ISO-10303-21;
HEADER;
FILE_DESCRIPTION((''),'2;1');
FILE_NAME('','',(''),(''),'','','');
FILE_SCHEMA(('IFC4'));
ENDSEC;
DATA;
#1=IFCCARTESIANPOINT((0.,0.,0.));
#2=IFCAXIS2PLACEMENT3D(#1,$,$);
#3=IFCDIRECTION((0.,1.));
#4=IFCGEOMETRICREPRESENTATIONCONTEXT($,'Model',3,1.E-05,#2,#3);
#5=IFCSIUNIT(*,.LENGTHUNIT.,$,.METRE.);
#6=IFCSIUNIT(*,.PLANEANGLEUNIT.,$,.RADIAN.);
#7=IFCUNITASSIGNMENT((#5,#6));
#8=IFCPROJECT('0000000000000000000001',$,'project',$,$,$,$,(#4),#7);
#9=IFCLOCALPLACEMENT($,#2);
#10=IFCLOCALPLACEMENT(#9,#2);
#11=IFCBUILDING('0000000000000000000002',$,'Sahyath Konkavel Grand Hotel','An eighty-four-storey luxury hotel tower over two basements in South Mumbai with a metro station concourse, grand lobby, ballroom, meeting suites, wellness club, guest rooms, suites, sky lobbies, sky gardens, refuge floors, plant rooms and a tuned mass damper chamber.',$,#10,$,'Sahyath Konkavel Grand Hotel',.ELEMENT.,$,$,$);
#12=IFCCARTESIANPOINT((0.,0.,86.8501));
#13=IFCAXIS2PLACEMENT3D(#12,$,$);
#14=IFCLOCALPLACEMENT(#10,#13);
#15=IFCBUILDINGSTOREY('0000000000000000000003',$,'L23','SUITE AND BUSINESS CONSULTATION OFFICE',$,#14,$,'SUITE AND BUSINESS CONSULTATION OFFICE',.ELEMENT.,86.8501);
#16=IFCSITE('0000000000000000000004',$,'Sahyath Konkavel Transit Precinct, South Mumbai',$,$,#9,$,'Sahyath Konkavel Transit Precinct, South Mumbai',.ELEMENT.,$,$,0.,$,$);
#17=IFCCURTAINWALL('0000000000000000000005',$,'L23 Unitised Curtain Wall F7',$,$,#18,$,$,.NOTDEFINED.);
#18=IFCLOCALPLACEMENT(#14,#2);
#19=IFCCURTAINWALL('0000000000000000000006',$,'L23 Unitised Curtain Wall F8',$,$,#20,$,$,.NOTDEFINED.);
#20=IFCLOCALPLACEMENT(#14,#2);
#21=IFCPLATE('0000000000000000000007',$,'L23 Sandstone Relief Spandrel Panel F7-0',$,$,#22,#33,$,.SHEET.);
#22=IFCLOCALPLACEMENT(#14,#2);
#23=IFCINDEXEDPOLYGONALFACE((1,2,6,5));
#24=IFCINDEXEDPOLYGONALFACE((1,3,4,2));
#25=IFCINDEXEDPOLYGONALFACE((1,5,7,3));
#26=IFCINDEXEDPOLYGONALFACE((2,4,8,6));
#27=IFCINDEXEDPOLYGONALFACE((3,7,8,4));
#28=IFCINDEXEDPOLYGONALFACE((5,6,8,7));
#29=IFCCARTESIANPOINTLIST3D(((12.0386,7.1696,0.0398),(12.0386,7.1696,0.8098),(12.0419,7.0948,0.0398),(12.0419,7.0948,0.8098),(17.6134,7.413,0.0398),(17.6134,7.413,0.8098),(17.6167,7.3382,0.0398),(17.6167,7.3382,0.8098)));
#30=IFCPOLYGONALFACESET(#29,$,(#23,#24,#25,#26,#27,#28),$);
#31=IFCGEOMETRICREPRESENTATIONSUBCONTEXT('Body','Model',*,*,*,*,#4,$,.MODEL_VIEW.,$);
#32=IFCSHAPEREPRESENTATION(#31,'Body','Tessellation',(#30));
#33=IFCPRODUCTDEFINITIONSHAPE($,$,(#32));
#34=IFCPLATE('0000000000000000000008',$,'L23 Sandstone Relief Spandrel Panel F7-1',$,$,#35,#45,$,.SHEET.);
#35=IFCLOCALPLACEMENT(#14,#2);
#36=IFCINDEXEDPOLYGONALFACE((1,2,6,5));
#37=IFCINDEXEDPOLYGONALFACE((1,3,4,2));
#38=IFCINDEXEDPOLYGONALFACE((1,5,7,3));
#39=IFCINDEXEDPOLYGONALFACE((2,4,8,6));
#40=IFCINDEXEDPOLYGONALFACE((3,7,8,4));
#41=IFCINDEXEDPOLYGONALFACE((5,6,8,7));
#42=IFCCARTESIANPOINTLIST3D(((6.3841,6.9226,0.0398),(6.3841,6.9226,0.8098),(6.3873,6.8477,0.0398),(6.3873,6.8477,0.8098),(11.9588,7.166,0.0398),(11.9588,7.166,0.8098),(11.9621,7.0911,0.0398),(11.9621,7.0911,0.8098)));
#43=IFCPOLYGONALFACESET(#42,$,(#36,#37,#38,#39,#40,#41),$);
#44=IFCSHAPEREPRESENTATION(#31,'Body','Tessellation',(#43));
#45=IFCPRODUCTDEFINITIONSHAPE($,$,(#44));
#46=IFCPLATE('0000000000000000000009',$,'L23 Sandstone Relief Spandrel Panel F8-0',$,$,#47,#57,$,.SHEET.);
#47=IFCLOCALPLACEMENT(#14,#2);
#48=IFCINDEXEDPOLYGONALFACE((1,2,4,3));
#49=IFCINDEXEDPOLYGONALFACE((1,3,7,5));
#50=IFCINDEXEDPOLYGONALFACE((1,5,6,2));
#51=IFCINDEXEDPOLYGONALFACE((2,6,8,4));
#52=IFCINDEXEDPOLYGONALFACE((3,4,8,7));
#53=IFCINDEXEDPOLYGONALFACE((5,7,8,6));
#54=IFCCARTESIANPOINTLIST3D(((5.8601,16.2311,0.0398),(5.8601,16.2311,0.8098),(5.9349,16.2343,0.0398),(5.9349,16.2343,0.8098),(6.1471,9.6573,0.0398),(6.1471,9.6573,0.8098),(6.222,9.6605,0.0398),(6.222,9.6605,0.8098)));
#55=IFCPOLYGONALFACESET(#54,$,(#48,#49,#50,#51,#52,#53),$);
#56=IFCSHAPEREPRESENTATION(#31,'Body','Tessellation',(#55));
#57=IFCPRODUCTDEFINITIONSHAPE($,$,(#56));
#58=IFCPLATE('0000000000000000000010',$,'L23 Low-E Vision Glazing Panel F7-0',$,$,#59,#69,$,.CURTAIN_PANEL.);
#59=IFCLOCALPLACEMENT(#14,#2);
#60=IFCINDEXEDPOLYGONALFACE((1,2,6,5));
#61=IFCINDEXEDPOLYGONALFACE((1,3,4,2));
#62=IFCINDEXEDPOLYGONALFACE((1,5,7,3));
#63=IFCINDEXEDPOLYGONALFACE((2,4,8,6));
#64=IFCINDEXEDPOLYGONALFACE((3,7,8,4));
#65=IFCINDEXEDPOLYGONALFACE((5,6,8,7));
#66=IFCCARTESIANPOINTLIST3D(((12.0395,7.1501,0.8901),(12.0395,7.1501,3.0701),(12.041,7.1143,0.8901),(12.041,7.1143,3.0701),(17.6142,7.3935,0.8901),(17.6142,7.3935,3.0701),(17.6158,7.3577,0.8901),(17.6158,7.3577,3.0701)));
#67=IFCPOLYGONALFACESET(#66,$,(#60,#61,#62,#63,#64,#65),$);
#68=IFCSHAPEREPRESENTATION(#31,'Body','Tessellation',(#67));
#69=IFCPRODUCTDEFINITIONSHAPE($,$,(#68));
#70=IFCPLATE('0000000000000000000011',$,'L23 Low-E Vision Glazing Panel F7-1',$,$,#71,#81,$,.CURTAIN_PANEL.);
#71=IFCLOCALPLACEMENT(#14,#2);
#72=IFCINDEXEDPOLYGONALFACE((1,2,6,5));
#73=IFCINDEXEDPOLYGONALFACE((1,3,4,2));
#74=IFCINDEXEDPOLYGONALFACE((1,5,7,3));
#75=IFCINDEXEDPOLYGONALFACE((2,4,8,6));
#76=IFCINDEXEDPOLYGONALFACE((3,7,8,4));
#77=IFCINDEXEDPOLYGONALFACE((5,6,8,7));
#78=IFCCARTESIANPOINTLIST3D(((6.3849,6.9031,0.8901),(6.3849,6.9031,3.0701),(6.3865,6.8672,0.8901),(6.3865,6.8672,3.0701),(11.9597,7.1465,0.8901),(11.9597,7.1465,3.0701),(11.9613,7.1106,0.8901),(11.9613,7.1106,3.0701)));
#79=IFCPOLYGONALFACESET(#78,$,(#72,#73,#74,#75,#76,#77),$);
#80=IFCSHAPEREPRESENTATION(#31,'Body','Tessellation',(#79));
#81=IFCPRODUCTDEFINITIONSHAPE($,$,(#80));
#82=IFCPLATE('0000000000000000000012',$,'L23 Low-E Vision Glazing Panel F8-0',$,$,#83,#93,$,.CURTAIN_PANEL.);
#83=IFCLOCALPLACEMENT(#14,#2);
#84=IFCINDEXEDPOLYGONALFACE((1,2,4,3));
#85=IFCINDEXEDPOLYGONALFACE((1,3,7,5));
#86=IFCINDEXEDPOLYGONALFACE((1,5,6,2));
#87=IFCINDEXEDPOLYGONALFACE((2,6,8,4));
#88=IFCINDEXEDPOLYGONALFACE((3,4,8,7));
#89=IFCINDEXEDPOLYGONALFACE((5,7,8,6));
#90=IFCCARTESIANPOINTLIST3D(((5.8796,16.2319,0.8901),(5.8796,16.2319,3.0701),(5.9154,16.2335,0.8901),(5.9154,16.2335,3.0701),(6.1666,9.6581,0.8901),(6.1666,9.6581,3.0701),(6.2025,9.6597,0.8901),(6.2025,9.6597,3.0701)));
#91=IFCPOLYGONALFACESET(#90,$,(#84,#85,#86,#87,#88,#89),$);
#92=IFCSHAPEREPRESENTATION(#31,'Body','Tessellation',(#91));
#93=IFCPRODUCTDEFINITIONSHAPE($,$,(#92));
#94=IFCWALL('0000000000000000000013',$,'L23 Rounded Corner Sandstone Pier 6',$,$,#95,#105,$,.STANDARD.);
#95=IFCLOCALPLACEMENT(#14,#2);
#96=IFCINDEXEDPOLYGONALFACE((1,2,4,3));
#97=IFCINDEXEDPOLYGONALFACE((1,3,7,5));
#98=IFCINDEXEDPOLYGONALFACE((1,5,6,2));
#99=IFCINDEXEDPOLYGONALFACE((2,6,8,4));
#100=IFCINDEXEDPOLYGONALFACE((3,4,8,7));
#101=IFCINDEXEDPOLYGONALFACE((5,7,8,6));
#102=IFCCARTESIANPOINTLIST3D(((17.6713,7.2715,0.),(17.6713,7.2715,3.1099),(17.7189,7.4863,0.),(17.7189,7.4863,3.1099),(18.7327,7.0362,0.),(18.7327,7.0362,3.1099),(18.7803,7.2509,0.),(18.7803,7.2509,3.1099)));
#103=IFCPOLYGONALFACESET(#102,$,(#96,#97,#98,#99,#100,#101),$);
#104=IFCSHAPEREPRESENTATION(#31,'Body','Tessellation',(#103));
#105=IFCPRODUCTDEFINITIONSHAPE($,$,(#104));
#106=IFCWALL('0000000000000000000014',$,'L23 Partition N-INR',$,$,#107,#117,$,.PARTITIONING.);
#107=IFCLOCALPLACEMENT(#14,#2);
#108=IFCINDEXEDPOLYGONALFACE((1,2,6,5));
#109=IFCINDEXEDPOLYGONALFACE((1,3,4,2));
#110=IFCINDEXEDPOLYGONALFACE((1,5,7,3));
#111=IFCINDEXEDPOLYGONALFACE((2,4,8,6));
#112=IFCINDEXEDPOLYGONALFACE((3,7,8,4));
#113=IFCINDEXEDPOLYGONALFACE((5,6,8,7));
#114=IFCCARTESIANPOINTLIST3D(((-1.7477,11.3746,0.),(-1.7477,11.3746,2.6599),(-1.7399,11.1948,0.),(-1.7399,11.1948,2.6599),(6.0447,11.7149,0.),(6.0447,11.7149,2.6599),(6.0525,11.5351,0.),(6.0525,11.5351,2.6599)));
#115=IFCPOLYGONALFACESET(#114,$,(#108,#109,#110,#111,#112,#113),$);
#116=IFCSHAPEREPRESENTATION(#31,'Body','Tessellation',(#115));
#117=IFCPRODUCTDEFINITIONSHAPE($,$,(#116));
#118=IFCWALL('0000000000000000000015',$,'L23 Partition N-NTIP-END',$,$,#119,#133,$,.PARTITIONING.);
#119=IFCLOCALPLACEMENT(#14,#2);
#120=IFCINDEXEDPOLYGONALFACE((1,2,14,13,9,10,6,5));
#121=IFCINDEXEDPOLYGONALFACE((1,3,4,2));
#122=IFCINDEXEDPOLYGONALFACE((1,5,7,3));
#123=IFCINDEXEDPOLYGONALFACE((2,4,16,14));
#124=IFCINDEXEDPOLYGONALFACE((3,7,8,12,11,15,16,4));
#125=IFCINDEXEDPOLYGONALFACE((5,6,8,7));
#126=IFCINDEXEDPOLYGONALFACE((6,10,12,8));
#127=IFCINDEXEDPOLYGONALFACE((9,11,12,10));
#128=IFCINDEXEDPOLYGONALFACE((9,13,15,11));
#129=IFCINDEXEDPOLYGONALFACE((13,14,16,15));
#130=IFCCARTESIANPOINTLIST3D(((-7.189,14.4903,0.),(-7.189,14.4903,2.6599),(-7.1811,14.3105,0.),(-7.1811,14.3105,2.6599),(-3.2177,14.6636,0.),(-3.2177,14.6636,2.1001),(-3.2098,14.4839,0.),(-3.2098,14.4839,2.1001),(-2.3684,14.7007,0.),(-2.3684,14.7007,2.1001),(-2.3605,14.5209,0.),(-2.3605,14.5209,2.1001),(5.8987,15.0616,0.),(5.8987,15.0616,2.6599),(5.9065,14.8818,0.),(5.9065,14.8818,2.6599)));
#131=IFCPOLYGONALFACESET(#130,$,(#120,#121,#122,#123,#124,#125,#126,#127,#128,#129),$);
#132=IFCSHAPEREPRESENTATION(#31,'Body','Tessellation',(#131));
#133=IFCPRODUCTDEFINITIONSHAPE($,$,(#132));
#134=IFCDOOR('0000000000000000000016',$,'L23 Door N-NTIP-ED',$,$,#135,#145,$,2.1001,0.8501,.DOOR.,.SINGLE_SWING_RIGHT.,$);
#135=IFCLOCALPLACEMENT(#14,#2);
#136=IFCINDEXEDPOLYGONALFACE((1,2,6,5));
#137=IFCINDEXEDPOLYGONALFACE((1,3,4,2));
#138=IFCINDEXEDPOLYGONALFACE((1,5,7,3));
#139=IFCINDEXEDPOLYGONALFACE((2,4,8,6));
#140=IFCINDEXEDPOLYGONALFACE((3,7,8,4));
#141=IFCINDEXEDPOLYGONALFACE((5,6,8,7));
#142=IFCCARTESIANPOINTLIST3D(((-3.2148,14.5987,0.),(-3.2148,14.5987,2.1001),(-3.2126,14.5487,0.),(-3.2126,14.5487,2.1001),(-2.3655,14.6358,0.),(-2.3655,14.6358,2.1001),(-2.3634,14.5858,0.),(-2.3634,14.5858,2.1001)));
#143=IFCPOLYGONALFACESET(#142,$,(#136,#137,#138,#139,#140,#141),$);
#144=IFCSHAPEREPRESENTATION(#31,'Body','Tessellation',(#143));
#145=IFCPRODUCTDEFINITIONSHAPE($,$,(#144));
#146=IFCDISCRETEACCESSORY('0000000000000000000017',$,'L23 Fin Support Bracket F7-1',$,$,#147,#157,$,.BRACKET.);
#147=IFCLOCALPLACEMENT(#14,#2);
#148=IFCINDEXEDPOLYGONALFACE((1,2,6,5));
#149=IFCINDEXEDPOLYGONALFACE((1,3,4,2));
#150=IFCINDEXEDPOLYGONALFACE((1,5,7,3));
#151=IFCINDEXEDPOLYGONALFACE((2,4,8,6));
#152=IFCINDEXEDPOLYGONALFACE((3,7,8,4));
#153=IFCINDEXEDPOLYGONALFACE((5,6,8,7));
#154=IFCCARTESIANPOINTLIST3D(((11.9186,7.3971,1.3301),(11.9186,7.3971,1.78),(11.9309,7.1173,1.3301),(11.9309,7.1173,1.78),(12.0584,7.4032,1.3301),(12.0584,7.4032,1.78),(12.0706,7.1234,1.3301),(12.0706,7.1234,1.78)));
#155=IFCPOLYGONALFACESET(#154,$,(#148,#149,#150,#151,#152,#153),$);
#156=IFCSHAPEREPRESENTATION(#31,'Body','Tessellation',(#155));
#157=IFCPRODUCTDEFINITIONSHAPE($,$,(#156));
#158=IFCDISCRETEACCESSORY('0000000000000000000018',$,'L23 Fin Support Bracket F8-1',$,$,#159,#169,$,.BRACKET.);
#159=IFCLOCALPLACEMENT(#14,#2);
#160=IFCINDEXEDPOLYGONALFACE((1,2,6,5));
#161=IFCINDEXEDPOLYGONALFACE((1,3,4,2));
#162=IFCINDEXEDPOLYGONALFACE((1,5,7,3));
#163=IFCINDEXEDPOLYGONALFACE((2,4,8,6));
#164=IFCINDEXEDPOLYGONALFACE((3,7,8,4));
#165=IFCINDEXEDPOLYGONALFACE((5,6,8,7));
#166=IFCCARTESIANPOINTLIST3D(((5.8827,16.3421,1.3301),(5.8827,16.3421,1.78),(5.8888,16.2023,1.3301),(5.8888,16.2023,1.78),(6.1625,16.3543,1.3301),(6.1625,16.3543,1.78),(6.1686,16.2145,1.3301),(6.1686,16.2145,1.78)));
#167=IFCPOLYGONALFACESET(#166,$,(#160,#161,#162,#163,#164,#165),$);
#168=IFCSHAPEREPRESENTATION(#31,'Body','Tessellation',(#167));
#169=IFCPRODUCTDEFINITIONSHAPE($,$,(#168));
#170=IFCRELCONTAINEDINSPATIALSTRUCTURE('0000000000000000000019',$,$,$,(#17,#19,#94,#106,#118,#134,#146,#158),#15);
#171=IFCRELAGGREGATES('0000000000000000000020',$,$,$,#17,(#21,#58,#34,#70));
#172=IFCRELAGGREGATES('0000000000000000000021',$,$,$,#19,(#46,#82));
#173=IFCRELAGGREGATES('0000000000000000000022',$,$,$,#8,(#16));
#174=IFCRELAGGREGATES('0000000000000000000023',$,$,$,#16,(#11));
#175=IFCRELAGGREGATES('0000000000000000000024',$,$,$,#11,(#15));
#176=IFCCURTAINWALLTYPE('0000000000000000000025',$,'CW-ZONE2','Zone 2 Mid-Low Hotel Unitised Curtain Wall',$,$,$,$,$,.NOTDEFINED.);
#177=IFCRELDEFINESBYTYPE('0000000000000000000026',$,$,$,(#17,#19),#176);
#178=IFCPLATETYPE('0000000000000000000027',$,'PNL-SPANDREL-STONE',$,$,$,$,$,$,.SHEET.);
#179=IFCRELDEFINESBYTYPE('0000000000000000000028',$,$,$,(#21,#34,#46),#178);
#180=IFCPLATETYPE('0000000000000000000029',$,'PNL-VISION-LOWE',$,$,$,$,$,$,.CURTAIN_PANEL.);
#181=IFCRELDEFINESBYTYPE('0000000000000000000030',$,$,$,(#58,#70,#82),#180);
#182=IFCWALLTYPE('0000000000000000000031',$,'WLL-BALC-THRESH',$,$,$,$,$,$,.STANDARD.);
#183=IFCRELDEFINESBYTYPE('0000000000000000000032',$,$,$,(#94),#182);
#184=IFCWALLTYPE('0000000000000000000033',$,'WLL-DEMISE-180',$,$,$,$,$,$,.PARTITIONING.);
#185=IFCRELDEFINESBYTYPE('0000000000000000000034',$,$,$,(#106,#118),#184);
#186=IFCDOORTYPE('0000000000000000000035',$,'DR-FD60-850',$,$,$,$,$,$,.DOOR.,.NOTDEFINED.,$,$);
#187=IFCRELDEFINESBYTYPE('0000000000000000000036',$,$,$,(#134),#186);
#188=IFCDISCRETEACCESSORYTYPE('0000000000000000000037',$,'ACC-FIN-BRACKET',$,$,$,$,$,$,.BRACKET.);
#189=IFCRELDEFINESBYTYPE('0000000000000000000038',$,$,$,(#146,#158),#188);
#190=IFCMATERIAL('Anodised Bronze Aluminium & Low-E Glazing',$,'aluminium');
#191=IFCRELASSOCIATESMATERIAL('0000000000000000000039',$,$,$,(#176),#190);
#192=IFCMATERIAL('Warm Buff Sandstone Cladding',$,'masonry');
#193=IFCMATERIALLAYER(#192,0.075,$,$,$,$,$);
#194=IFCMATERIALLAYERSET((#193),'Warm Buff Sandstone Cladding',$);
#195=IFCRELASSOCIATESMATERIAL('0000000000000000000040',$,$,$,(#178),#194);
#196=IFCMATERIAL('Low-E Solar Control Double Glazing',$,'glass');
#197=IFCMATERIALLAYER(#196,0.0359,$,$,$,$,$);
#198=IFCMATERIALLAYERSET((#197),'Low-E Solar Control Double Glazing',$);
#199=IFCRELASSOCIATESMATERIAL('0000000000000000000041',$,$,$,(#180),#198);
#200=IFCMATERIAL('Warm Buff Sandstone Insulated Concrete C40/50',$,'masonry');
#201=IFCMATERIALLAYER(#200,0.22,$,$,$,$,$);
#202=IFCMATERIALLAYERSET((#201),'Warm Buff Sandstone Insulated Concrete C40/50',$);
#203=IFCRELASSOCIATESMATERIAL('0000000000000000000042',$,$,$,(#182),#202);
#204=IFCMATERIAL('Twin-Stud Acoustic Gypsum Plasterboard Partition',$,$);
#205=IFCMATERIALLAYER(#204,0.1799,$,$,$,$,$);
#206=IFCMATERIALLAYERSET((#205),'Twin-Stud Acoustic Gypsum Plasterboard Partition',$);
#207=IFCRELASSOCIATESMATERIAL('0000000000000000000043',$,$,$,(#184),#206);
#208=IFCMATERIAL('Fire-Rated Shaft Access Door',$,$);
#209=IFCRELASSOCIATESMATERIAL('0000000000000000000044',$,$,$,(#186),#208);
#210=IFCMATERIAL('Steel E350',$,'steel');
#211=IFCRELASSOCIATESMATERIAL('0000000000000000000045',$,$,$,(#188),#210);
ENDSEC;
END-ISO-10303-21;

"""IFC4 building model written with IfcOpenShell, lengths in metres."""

from ifc_helpers import new_model, si_unit, direction, frame, frame_2d, origin, origin_2d, place, context, subcontext, project, spatial, rectangle, extrude, source, transform, mapped, material, layer, layer_set, type_object, element, fill, aggregate, save


model = new_model("IFC4")

# Units and contexts
model_context = context("Model", 3, precision=1e-05, world=origin(), true_north=direction((0.0, 1.0)))
body_context = subcontext(model_context, "Body", "Model", "MODEL_VIEW")
ifc_project = project(units=[si_unit("LENGTHUNIT", "METRE"), si_unit("PLANEANGLEUNIT", "RADIAN")], contexts=[model_context])

# Site, building, storey
site_placement = place(None, origin())
site = spatial("IfcSite", under=ifc_project, at=site_placement, Name="Sahyath Konkavel Transit Precinct, South Mumbai", LongName="Sahyath Konkavel Transit Precinct, South Mumbai", CompositionType="ELEMENT", RefElevation=0.0)
building_placement = place(site_placement, origin())
building = spatial("IfcBuilding", under=site, at=building_placement, Name="Sahyath Konkavel Grand Hotel", Description="An eighty-four-storey luxury hotel tower over two basements in South Mumbai with a metro station concourse, grand lobby, ballroom, meeting suites, wellness club, guest rooms, suites, sky lobbies, sky gardens, refuge floors, plant rooms and a tuned mass damper chamber.", LongName="Sahyath Konkavel Grand Hotel", CompositionType="ELEMENT")
storey_placement = place(building_placement, frame((0.0, 0.0, 86.8501)))
storey = spatial("IfcBuildingStorey", under=building, at=storey_placement, Name="L23", Description="SUITE AND BUSINESS CONSULTATION OFFICE", LongName="SUITE AND BUSINESS CONSULTATION OFFICE", CompositionType="ELEMENT", Elevation=86.8501)

# Curtain walls
ifc_material_1 = material(Name="Anodised Bronze Aluminium & Low-E Glazing", Category="aluminium")
curtain_wall_type = type_object("IfcCurtainWallType", Name="CW-ZONE2", Description="Zone 2 Mid-Low Hotel Unitised Curtain Wall", PredefinedType="NOTDEFINED", material=ifc_material_1)
curtain_wall_1_placement = place(storey_placement, origin())
curtain_wall_1 = element("IfcCurtainWall", 1, at=curtain_wall_1_placement, inside=storey, type_object=curtain_wall_type, Name="L23 Unitised Curtain Wall F7", PredefinedType="NOTDEFINED")
curtain_wall_2_placement = place(storey_placement, origin())
curtain_wall_2 = element("IfcCurtainWall", 2, at=curtain_wall_2_placement, inside=storey, type_object=curtain_wall_type, Name="L23 Unitised Curtain Wall F8", PredefinedType="NOTDEFINED")

# Plates
ifc_material_2 = material(Name="Warm Buff Sandstone Cladding", Category="masonry")
ifc_layer_1 = layer(ifc_material_2, 0.075)
ifc_layer_set_1 = layer_set([ifc_layer_1], Name="Warm Buff Sandstone Cladding")
plate_type_1 = type_object("IfcPlateType", Name="PNL-SPANDREL-STONE", PredefinedType="SHEET", material=ifc_layer_set_1)
shared_shape_1 = source(origin(), body_context, "Body", "SweptSolid", [
    extrude(rectangle(XDim=5.5801, YDim=0.075, at=origin_2d()), origin(), (0.0, 0.0, 1.0), 0.77),
])
plate_1_placement = place(storey_placement, frame((14.8276, 7.2539, 0.0398), z_axis=(0.0, 0.0, 1.0), x_axis=(-0.999048, -0.043619, 0.0)))
plate_1 = element("IfcPlate", 3, at=plate_1_placement, type_object=plate_type_1, Name="L23 Sandstone Relief Spandrel Panel F7-0", PredefinedType="SHEET", context=body_context, shape_type="MappedRepresentation", body=[
    mapped(shared_shape_1, transform((0.0, 0.0, 0.0), scale=1.0)),
])
plate_2_placement = place(storey_placement, frame((9.1731, 7.0068, 0.0398), z_axis=(0.0, 0.0, 1.0), x_axis=(-0.999048, -0.043619, 0.0)))
plate_2 = element("IfcPlate", 4, at=plate_2_placement, type_object=plate_type_1, Name="L23 Sandstone Relief Spandrel Panel F7-1", PredefinedType="SHEET", context=body_context, shape_type="MappedRepresentation", body=[
    mapped(shared_shape_1, transform((0.0, 0.0, 0.0), scale=1.0)),
])
shared_shape_2 = source(origin(), body_context, "Body", "SweptSolid", [
    extrude(rectangle(XDim=6.5801, YDim=0.075, at=origin_2d()), origin(), (0.0, 0.0, 1.0), 0.77),
])
plate_3_placement = place(storey_placement, frame((6.041, 12.9458, 0.0398), z_axis=(0.0, 0.0, 1.0), x_axis=(-0.043619, 0.999048, 0.0)))
plate_3 = element("IfcPlate", 5, at=plate_3_placement, type_object=plate_type_1, Name="L23 Sandstone Relief Spandrel Panel F8-0", PredefinedType="SHEET", context=body_context, shape_type="MappedRepresentation", body=[
    mapped(shared_shape_2, transform((0.0, 0.0, 0.0), scale=1.0)),
])
ifc_material_3 = material(Name="Low-E Solar Control Double Glazing", Category="glass")
ifc_layer_2 = layer(ifc_material_3, 0.0359)
ifc_layer_set_2 = layer_set([ifc_layer_2], Name="Low-E Solar Control Double Glazing")
plate_type_2 = type_object("IfcPlateType", Name="PNL-VISION-LOWE", PredefinedType="CURTAIN_PANEL", material=ifc_layer_set_2)
shared_shape_3 = source(origin(), body_context, "Body", "SweptSolid", [
    extrude(rectangle(XDim=5.5801, YDim=0.0359, at=origin_2d()), origin(), (0.0, 0.0, 1.0), 2.1799),
])
plate_4_placement = place(storey_placement, frame((14.8276, 7.2539, 0.8901), z_axis=(0.0, 0.0, 1.0), x_axis=(-0.999048, -0.043619, 0.0)))
plate_4 = element("IfcPlate", 6, at=plate_4_placement, type_object=plate_type_2, Name="L23 Low-E Vision Glazing Panel F7-0", PredefinedType="CURTAIN_PANEL", context=body_context, shape_type="MappedRepresentation", body=[
    mapped(shared_shape_3, transform((0.0, 0.0, 0.0), scale=1.0)),
])
plate_5_placement = place(storey_placement, frame((9.1731, 7.0068, 0.8901), z_axis=(0.0, 0.0, 1.0), x_axis=(-0.999048, -0.043619, 0.0)))
plate_5 = element("IfcPlate", 7, at=plate_5_placement, type_object=plate_type_2, Name="L23 Low-E Vision Glazing Panel F7-1", PredefinedType="CURTAIN_PANEL", context=body_context, shape_type="MappedRepresentation", body=[
    mapped(shared_shape_3, transform((0.0, 0.0, 0.0), scale=1.0)),
])
aggregate(curtain_wall_1, [plate_1, plate_4, plate_2, plate_5])
shared_shape_4 = source(origin(), body_context, "Body", "SweptSolid", [
    extrude(rectangle(XDim=6.5801, YDim=0.0359, at=origin_2d()), origin(), (0.0, 0.0, 1.0), 2.1799),
])
plate_6_placement = place(storey_placement, frame((6.041, 12.9458, 0.8901), z_axis=(0.0, 0.0, 1.0), x_axis=(-0.043619, 0.999048, 0.0)))
plate_6 = element("IfcPlate", 8, at=plate_6_placement, type_object=plate_type_2, Name="L23 Low-E Vision Glazing Panel F8-0", PredefinedType="CURTAIN_PANEL", context=body_context, shape_type="MappedRepresentation", body=[
    mapped(shared_shape_4, transform((0.0, 0.0, 0.0), scale=1.0)),
])
aggregate(curtain_wall_2, [plate_3, plate_6])

# Walls
ifc_material_4 = material(Name="Warm Buff Sandstone Insulated Concrete C40/50", Category="masonry")
ifc_layer_3 = layer(ifc_material_4, 0.22)
ifc_layer_set_3 = layer_set([ifc_layer_3], Name="Warm Buff Sandstone Insulated Concrete C40/50")
wall_type_1 = type_object("IfcWallType", Name="WLL-BALC-THRESH", PredefinedType="STANDARD", material=ifc_layer_set_3)
wall_1_placement = place(storey_placement, frame((18.7563, 7.1436, 0.0), z_axis=(0.0, 0.0, 1.0), x_axis=(-0.976282, 0.216502, 0.0)))
element("IfcWall", 9, at=wall_1_placement, inside=storey, type_object=wall_type_1, Name="L23 Rounded Corner Sandstone Pier 6", PredefinedType="STANDARD", context=body_context, shape_type="SweptSolid", body=[
    extrude(rectangle(XDim=1.0872, YDim=0.22, at=frame_2d((0.5435, 0.0))), origin(), (0.0, 0.0, 1.0), 3.1099),
])
ifc_material_5 = material(Name="Twin-Stud Acoustic Gypsum Plasterboard Partition")
ifc_layer_4 = layer(ifc_material_5, 0.1799)
ifc_layer_set_4 = layer_set([ifc_layer_4], Name="Twin-Stud Acoustic Gypsum Plasterboard Partition")
wall_type_2 = type_object("IfcWallType", Name="WLL-DEMISE-180", PredefinedType="PARTITIONING", material=ifc_layer_set_4)
wall_2_placement = place(storey_placement, frame((6.0486, 11.625, 0.0), z_axis=(0.0, 0.0, 1.0), x_axis=(-0.999048, -0.043633, 0.0)))
element("IfcWall", 10, at=wall_2_placement, inside=storey, type_object=wall_type_2, Name="L23 Partition N-INR", PredefinedType="PARTITIONING", context=body_context, shape_type="SweptSolid", body=[
    extrude(rectangle(XDim=7.7998, YDim=0.1799, at=frame_2d((3.8999, 0.0))), origin(), (0.0, 0.0, 1.0), 2.6599),
])

# Wall, opening, door
wall_3_placement = place(storey_placement, frame((5.9026, 14.9717, 0.0), z_axis=(0.0, 0.0, 1.0), x_axis=(-0.999049, -0.043609, 0.0)))
wall_3 = element("IfcWall", 11, at=wall_3_placement, inside=storey, type_object=wall_type_2, Name="L23 Partition N-NTIP-END", PredefinedType="PARTITIONING", context=body_context, shape_type="SweptSolid", body=[
    extrude(rectangle(XDim=13.1001, YDim=0.1799, at=frame_2d((6.55, 0.0))), origin(), (0.0, 0.0, 1.0), 2.6599),
])
opening_placement = place(wall_3_placement, frame((8.2749, 0.0, 0.0)))
opening = element("IfcOpeningElement", 12, at=opening_placement, cuts=wall_3, PredefinedType="OPENING", context=body_context, shape_type="SweptSolid", body=[
    extrude(rectangle(XDim=0.8501, YDim=2.1001, at=frame_2d((0.425, 1.05))), frame((0.0, 0.1001, 0.0), z_axis=(0.0, -1.0, 0.0), x_axis=(1.0, 0.0, 0.0)), (0.0, 0.0, 1.0), 0.2),
])
ifc_material_6 = material(Name="Fire-Rated Shaft Access Door")
door_type = type_object("IfcDoorType", Name="DR-FD60-850", OperationType="NOTDEFINED", PredefinedType="DOOR", material=ifc_material_6)
shared_shape_5 = source(origin(), body_context, "Body", "SweptSolid", [
    extrude(rectangle(XDim=0.8501, YDim=0.05, at=origin_2d()), origin(), (0.0, 0.0, 1.0), 2.1001),
])
door_placement = place(opening_placement, frame((0.425, 0.0, 0.0)))
door = element("IfcDoor", 13, at=door_placement, inside=storey, type_object=door_type, Name="L23 Door N-NTIP-ED", OperationType="SINGLE_SWING_RIGHT", OverallHeight=2.1001, OverallWidth=0.8501, PredefinedType="DOOR", context=body_context, shape_type="MappedRepresentation", body=[
    mapped(shared_shape_5, transform((0.0, 0.0, 0.0), scale=1.0)),
])
fill(opening, door)

# Discrete accessories
ifc_material_7 = material(Name="Steel E350", Category="steel")
discrete_accessory_type = type_object("IfcDiscreteAccessoryType", Name="ACC-FIN-BRACKET", PredefinedType="BRACKET", material=ifc_material_7)
shared_shape_6 = source(origin(), body_context, "Body", "SweptSolid", [
    extrude(rectangle(XDim=0.28, YDim=0.1399, at=origin_2d()), origin(), (0.0, 0.0, 1.0), 0.45),
])
for number, where, z_axis, x_axis, name in (
    (14, (11.9946, 7.2603, 1.3301), (0.0, 0.0, 1.0), (-0.043619, 0.999048, 0.0), "L23 Fin Support Bracket F7-1"),
    (15, (6.0256, 16.2783, 1.3301), (0.0, 0.0, 1.0), (0.999048, 0.043619, 0.0), "L23 Fin Support Bracket F8-1"),
):
    element("IfcDiscreteAccessory", number, at=place(storey_placement, frame(where, z_axis=z_axis, x_axis=x_axis)), inside=storey, type_object=discrete_accessory_type, Name=name, PredefinedType="BRACKET", context=body_context, shape_type="MappedRepresentation", body=[
        mapped(shared_shape_6, transform((0.0, 0.0, 0.0), scale=1.0)),
    ])

save(model, "model.ifc")
